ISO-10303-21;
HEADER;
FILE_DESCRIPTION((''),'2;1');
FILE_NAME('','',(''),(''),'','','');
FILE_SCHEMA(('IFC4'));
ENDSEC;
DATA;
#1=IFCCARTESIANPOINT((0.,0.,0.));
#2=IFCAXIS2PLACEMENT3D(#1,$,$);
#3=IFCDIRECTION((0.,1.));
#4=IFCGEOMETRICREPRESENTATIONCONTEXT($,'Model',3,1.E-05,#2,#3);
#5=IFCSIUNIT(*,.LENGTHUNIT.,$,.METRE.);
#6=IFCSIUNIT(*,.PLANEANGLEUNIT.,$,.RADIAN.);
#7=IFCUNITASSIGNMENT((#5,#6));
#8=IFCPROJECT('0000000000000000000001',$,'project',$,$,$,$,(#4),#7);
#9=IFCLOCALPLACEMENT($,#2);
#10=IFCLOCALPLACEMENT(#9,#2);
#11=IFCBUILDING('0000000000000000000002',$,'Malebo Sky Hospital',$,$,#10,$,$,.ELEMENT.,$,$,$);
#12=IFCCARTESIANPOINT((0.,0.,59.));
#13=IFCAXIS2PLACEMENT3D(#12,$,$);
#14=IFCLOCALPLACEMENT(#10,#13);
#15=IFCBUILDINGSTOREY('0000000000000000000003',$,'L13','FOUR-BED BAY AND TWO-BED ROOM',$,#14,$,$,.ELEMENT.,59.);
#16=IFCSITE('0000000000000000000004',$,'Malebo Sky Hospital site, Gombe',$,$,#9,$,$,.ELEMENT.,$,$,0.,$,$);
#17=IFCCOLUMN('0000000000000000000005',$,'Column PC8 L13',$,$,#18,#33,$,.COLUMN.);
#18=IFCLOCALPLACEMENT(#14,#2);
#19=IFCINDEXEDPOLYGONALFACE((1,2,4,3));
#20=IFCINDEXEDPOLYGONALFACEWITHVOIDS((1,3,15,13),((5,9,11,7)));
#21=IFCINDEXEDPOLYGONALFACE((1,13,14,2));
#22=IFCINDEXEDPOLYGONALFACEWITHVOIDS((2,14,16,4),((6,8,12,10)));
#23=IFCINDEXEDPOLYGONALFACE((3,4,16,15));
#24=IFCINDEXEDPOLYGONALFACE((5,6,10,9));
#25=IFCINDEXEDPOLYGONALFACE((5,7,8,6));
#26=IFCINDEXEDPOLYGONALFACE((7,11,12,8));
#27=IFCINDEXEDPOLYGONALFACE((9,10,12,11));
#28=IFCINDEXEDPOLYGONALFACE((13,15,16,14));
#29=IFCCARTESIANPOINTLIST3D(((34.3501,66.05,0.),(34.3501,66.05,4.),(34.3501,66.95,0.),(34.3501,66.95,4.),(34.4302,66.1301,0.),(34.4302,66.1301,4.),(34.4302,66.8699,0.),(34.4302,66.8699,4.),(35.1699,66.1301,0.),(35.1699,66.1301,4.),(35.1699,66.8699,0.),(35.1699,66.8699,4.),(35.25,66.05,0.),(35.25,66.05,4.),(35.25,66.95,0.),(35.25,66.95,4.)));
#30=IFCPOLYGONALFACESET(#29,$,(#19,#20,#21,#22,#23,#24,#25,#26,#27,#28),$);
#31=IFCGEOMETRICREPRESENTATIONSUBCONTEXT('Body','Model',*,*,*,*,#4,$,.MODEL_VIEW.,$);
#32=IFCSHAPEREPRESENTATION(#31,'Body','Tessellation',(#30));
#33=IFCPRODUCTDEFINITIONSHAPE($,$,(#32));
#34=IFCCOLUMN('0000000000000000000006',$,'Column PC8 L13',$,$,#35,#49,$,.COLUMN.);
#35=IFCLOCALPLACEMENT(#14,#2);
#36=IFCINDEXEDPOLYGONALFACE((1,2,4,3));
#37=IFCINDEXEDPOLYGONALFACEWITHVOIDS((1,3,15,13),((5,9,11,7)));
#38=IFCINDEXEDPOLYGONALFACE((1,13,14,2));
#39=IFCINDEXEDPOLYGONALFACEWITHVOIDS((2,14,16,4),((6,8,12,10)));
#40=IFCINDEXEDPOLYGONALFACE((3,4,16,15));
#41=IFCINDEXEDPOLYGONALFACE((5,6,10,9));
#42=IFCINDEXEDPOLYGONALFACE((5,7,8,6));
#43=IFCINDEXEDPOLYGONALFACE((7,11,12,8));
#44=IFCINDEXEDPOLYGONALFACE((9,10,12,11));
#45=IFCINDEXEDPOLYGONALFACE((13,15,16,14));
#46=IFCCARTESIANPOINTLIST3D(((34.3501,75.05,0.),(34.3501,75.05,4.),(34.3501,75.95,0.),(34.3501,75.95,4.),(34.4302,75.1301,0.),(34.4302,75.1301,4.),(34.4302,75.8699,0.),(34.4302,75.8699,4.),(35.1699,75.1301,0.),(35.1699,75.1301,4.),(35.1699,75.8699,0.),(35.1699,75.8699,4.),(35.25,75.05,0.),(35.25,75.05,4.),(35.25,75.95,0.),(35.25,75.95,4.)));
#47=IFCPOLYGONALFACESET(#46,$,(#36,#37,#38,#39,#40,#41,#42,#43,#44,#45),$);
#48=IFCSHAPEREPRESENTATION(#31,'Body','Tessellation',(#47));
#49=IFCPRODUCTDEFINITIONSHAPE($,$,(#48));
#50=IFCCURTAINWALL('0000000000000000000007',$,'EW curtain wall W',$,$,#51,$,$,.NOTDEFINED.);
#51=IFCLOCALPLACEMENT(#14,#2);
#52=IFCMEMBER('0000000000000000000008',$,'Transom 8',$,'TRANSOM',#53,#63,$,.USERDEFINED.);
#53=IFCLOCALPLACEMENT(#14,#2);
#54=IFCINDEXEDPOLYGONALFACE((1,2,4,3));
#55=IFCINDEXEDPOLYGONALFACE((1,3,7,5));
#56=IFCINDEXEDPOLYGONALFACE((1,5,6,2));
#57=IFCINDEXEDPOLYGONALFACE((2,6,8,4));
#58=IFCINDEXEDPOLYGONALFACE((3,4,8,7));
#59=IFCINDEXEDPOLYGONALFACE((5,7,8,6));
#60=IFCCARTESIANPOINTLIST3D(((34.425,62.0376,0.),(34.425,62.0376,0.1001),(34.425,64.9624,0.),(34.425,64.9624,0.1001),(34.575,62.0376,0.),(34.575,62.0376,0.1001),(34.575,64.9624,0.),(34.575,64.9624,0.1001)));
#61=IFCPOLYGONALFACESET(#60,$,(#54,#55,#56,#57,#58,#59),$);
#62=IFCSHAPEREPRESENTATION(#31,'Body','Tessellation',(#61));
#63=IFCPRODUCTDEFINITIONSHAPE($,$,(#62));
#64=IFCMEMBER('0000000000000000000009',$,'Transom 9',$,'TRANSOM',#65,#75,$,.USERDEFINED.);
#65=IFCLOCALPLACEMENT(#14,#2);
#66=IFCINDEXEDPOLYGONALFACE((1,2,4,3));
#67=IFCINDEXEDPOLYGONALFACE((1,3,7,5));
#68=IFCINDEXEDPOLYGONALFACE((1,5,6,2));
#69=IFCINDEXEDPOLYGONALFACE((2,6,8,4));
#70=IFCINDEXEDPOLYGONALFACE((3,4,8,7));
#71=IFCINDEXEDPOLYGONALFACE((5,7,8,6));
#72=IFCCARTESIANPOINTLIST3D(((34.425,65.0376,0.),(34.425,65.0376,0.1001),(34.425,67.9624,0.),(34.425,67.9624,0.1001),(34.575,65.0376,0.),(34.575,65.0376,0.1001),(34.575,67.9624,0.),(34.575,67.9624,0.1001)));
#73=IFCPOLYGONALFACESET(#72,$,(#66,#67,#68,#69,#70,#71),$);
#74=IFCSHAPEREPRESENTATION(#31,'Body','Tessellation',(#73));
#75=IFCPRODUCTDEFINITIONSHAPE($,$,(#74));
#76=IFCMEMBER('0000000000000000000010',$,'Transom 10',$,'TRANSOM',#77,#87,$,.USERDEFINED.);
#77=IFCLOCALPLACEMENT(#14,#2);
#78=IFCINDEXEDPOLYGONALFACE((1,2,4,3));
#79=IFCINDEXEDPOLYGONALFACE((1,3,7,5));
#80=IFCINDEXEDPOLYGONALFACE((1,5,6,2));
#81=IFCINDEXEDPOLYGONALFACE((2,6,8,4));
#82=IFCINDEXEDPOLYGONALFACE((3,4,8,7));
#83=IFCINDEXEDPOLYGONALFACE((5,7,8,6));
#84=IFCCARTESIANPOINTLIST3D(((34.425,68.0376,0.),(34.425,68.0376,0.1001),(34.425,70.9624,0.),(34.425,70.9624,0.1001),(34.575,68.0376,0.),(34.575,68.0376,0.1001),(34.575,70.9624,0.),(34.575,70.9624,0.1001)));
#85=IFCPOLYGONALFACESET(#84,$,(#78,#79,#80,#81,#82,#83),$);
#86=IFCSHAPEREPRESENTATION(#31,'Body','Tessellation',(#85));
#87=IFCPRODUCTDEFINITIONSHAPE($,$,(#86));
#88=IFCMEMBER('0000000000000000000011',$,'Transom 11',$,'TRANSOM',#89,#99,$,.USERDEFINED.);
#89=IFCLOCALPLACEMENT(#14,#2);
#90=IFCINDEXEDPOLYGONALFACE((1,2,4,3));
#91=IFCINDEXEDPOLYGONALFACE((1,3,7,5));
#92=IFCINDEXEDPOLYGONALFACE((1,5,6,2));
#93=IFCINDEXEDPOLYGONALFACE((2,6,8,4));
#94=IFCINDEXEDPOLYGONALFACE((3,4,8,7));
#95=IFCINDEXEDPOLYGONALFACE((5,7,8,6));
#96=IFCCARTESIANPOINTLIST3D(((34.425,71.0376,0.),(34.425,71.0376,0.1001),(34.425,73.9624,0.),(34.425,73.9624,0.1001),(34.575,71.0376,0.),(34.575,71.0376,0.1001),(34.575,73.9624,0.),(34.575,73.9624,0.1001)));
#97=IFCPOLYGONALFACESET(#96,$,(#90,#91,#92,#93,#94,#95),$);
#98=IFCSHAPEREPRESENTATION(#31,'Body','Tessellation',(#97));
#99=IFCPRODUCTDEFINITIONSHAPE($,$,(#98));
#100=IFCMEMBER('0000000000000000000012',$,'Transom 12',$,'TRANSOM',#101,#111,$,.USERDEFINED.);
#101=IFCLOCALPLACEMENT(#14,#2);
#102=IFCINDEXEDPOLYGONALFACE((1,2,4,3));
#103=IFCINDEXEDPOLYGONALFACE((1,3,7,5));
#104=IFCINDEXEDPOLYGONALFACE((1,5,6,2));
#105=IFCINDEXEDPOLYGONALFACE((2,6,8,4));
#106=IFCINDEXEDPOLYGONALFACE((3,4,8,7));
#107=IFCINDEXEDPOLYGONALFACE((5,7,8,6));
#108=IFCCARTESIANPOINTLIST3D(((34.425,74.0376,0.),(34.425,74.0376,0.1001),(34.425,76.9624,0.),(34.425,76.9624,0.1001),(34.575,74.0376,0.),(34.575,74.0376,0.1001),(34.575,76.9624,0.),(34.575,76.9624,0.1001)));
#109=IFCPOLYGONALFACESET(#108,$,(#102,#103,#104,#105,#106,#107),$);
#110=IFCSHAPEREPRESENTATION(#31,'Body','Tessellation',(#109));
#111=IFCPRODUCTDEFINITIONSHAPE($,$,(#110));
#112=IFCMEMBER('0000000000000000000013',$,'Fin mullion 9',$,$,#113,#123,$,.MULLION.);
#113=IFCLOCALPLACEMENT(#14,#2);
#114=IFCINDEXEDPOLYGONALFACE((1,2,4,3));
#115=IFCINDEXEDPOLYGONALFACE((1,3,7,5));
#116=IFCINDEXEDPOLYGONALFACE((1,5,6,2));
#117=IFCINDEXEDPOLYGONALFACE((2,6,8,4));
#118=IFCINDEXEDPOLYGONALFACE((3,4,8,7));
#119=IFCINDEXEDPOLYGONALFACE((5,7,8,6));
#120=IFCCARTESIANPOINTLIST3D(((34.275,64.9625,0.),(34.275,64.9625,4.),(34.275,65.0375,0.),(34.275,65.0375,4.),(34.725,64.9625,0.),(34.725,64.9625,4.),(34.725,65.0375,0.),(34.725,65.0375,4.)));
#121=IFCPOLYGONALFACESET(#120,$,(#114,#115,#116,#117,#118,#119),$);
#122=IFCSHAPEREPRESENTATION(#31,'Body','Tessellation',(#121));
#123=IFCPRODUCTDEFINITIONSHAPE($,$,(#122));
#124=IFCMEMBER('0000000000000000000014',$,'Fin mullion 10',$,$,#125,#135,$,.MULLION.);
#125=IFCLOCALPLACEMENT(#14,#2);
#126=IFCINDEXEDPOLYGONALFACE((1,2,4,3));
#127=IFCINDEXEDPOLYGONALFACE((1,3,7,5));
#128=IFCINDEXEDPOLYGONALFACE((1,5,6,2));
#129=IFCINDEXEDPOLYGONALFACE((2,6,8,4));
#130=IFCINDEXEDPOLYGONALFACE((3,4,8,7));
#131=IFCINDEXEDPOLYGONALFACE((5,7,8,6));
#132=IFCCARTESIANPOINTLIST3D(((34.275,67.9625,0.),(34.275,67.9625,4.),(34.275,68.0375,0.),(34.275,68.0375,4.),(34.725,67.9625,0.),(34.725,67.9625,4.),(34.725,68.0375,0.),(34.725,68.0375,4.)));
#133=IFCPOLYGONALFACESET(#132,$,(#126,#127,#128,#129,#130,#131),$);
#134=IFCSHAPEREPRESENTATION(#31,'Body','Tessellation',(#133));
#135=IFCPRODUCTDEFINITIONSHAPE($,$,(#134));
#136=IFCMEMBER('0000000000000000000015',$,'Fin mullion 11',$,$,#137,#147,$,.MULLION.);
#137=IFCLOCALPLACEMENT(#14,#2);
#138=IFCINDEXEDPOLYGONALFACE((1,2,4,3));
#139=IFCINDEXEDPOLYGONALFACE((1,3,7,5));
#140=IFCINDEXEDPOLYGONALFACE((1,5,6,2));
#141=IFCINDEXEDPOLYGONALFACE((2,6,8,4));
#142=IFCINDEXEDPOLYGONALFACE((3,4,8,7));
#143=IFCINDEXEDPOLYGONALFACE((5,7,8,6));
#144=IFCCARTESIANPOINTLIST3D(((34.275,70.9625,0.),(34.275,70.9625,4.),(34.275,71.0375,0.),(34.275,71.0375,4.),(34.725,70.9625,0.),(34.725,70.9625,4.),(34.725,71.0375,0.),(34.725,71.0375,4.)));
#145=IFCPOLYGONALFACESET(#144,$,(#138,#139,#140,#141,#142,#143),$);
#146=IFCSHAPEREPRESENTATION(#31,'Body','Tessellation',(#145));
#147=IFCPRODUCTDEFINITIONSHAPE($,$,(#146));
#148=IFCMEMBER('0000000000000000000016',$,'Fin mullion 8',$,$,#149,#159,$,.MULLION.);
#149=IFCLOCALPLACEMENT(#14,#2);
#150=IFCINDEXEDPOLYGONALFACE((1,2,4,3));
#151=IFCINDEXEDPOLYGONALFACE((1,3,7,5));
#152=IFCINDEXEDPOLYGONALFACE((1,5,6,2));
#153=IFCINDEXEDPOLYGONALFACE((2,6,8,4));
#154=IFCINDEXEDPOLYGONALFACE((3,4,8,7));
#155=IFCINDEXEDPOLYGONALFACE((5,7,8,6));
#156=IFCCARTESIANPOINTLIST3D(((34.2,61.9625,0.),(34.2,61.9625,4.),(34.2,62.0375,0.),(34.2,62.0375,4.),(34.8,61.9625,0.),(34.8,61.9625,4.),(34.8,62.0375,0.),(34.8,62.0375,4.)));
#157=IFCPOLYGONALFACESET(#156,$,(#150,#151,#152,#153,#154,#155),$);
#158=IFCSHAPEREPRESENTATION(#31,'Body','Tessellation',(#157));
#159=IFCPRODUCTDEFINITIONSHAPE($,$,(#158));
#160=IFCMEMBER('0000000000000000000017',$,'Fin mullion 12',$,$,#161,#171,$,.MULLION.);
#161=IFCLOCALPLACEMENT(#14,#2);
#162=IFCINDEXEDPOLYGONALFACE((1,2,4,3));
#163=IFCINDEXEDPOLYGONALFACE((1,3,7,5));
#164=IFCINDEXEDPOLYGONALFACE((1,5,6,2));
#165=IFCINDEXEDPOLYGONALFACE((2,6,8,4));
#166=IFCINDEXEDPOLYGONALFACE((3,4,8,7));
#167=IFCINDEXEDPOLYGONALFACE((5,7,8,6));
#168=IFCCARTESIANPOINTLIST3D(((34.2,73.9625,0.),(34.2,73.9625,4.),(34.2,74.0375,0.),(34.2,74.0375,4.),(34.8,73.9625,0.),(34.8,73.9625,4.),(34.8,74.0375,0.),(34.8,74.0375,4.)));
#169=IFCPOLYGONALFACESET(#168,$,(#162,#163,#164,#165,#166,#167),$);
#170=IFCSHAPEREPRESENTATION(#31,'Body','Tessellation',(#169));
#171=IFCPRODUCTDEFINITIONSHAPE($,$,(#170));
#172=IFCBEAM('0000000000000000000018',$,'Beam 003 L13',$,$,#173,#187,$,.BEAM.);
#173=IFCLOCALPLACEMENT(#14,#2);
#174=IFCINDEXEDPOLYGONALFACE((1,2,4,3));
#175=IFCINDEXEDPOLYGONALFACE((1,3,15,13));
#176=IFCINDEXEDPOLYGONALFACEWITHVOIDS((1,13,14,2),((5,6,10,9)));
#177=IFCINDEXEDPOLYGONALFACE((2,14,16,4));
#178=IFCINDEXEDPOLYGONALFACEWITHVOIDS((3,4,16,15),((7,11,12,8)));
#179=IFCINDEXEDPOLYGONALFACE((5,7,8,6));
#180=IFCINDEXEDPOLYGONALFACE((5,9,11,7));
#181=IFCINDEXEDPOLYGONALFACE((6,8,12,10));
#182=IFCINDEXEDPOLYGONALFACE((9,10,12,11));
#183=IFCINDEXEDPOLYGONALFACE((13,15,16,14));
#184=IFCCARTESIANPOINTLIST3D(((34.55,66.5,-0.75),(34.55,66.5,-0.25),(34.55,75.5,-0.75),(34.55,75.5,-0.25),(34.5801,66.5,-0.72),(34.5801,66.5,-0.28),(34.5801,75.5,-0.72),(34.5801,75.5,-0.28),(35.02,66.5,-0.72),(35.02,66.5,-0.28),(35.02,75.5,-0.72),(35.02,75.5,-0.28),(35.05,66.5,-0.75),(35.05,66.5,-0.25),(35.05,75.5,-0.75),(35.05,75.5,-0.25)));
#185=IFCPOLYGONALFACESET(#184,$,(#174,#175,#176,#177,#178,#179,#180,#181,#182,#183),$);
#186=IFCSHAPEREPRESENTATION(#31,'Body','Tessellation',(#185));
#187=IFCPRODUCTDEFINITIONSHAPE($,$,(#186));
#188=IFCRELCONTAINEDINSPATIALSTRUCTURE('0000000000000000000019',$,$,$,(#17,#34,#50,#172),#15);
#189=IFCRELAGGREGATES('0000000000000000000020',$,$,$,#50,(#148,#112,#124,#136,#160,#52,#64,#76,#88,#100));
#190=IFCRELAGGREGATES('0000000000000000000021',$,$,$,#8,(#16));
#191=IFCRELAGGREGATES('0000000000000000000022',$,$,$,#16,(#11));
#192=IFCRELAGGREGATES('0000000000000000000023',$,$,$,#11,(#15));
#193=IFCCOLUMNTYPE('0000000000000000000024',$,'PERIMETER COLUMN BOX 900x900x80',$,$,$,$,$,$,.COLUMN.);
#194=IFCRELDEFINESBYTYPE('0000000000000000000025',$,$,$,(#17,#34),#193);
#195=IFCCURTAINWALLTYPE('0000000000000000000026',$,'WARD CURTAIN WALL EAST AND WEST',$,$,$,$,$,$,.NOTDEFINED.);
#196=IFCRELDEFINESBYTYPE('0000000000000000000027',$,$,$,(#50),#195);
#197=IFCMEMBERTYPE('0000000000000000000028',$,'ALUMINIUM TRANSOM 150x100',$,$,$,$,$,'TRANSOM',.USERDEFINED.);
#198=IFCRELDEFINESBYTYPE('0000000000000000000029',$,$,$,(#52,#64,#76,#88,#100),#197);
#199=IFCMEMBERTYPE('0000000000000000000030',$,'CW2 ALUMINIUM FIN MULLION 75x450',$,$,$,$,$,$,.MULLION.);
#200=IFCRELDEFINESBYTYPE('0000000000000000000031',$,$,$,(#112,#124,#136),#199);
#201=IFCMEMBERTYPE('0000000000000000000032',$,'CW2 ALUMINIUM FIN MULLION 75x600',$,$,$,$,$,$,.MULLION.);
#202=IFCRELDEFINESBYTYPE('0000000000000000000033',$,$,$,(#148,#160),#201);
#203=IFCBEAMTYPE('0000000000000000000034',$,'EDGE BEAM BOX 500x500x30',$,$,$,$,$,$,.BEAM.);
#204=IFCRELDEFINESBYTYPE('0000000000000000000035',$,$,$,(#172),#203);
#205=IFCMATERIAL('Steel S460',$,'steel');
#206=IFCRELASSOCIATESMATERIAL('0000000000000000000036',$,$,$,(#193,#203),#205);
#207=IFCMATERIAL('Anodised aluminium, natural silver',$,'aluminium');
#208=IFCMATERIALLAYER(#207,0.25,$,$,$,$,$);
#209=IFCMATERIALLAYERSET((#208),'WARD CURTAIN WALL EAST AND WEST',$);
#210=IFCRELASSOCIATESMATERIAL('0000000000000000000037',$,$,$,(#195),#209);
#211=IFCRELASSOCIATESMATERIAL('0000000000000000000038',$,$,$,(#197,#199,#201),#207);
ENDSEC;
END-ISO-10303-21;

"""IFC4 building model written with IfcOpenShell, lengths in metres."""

from ifc_helpers import new_model, si_unit, direction, frame, origin, origin_2d, place, context, subcontext, project, spatial, rectangle, hollow_rectangle, extrude, material, layer, layer_set, material_profile, profile_set, type_object, element, aggregate, save


model = new_model("IFC4")

# Units and contexts
model_context = context("Model", 3, precision=1e-05, world=origin(), true_north=direction((0.0, 1.0)))
body_context = subcontext(model_context, "Body", "Model", "MODEL_VIEW")
ifc_project = project(units=[si_unit("LENGTHUNIT", "METRE"), si_unit("PLANEANGLEUNIT", "RADIAN")], contexts=[model_context])

# Site, building, storey
site_placement = place(None, origin())
site = spatial("IfcSite", under=ifc_project, at=site_placement, Name="Malebo Sky Hospital site, Gombe", CompositionType="ELEMENT", RefElevation=0.0)
building_placement = place(site_placement, origin())
building = spatial("IfcBuilding", under=site, at=building_placement, Name="Malebo Sky Hospital", CompositionType="ELEMENT")
storey_placement = place(building_placement, frame((0.0, 0.0, 59.0)))
storey = spatial("IfcBuildingStorey", under=building, at=storey_placement, Name="L13", Description="FOUR-BED BAY AND TWO-BED ROOM", CompositionType="ELEMENT", Elevation=59.0)

# Columns
ifc_material_1 = material(Name="Steel S460", Category="steel")
ifc_material_profile_1 = material_profile(ifc_material_1, hollow_rectangle(XDim=0.8999, YDim=0.8999, WallThickness=0.0801, at=origin_2d()), Name="BOX 900x900x80")
ifc_profile_set_1 = profile_set([ifc_material_profile_1], Name="Steel S460")
column_type = type_object("IfcColumnType", Name="PERIMETER COLUMN BOX 900x900x80", PredefinedType="COLUMN", material=ifc_profile_set_1)
for number, where, z_axis, x_axis, name in (
    (1, (34.8, 66.5, 0.0), (0.0, 0.0, 1.0), (1.0, 0.0, 0.0), "Column PC8 L13"),
    (2, (34.8, 75.5, 0.0), (0.0, 0.0, 1.0), (1.0, 0.0, 0.0), "Column PC8 L13"),
):
    element("IfcColumn", number, at=place(storey_placement, frame(where, z_axis=z_axis, x_axis=x_axis)), inside=storey, type_object=column_type, Name=name, PredefinedType="COLUMN", context=body_context, shape_type="SweptSolid", body=[
        extrude(hollow_rectangle(XDim=0.8999, YDim=0.8999, WallThickness=0.0801, at=origin_2d()), origin(), (0.0, 0.0, 1.0), 4.0),
    ])

# Curtain wall, members
ifc_material_2 = material(Name="Anodised aluminium, natural silver", Category="aluminium")
ifc_layer_1 = layer(ifc_material_2, 0.25)
ifc_layer_set_1 = layer_set([ifc_layer_1], Name="WARD CURTAIN WALL EAST AND WEST")
curtain_wall_type = type_object("IfcCurtainWallType", Name="WARD CURTAIN WALL EAST AND WEST", PredefinedType="NOTDEFINED", material=ifc_layer_set_1)
curtain_wall_placement = place(storey_placement, origin())
curtain_wall = element("IfcCurtainWall", 3, at=curtain_wall_placement, inside=storey, type_object=curtain_wall_type, Name="EW curtain wall W", PredefinedType="NOTDEFINED")
ifc_material_profile_2 = material_profile(ifc_material_2, rectangle(XDim=0.1499, YDim=0.1001, at=origin_2d()), Name="ALUMINIUM TRANSOM 150x100")
ifc_profile_set_2 = profile_set([ifc_material_profile_2], Name="Anodised aluminium, natural silver")
member_type_1 = type_object("IfcMemberType", Name="ALUMINIUM TRANSOM 150x100", ElementType="TRANSOM", PredefinedType="USERDEFINED", material=ifc_profile_set_2)
member_1_placement = place(storey_placement, frame((34.5, 62.0376, 0.05), z_axis=(0.0, 1.0, 0.0), x_axis=(-1.0, 0.0, 0.0)))
member_1 = element("IfcMember", 4, at=member_1_placement, type_object=member_type_1, Name="Transom 8", ObjectType="TRANSOM", PredefinedType="USERDEFINED", context=body_context, shape_type="SweptSolid", body=[
    extrude(rectangle(XDim=0.1499, YDim=0.1001, at=origin_2d()), origin(), (0.0, 0.0, 1.0), 2.9248),
])
member_2_placement = place(storey_placement, frame((34.5, 65.0376, 0.05), z_axis=(0.0, 1.0, 0.0), x_axis=(-1.0, 0.0, 0.0)))
member_2 = element("IfcMember", 5, at=member_2_placement, type_object=member_type_1, Name="Transom 9", ObjectType="TRANSOM", PredefinedType="USERDEFINED", context=body_context, shape_type="SweptSolid", body=[
    extrude(rectangle(XDim=0.1499, YDim=0.1001, at=origin_2d()), origin(), (0.0, 0.0, 1.0), 2.9248),
])
member_3_placement = place(storey_placement, frame((34.5, 68.0376, 0.05), z_axis=(0.0, 1.0, 0.0), x_axis=(-1.0, 0.0, 0.0)))
member_3 = element("IfcMember", 6, at=member_3_placement, type_object=member_type_1, Name="Transom 10", ObjectType="TRANSOM", PredefinedType="USERDEFINED", context=body_context, shape_type="SweptSolid", body=[
    extrude(rectangle(XDim=0.1499, YDim=0.1001, at=origin_2d()), origin(), (0.0, 0.0, 1.0), 2.9248),
])
member_4_placement = place(storey_placement, frame((34.5, 71.0376, 0.05), z_axis=(0.0, 1.0, 0.0), x_axis=(-1.0, 0.0, 0.0)))
member_4 = element("IfcMember", 7, at=member_4_placement, type_object=member_type_1, Name="Transom 11", ObjectType="TRANSOM", PredefinedType="USERDEFINED", context=body_context, shape_type="SweptSolid", body=[
    extrude(rectangle(XDim=0.1499, YDim=0.1001, at=origin_2d()), origin(), (0.0, 0.0, 1.0), 2.9248),
])
member_5_placement = place(storey_placement, frame((34.5, 74.0376, 0.05), z_axis=(0.0, 1.0, 0.0), x_axis=(-1.0, 0.0, 0.0)))
member_5 = element("IfcMember", 8, at=member_5_placement, type_object=member_type_1, Name="Transom 12", ObjectType="TRANSOM", PredefinedType="USERDEFINED", context=body_context, shape_type="SweptSolid", body=[
    extrude(rectangle(XDim=0.1499, YDim=0.1001, at=origin_2d()), origin(), (0.0, 0.0, 1.0), 2.9248),
])
ifc_material_profile_3 = material_profile(ifc_material_2, rectangle(XDim=0.075, YDim=0.45, at=origin_2d()), Name="CW2 ALUMINIUM FIN MULLION 75x450")
ifc_profile_set_3 = profile_set([ifc_material_profile_3], Name="Anodised aluminium, natural silver")
member_type_2 = type_object("IfcMemberType", Name="CW2 ALUMINIUM FIN MULLION 75x450", PredefinedType="MULLION", material=ifc_profile_set_3)
member_6_placement = place(storey_placement, frame((34.5, 65.0, 0.0), z_axis=(0.0, 0.0, 1.0), x_axis=(0.0, 1.0, 0.0)))
member_6 = element("IfcMember", 9, at=member_6_placement, type_object=member_type_2, Name="Fin mullion 9", PredefinedType="MULLION", context=body_context, shape_type="SweptSolid", body=[
    extrude(rectangle(XDim=0.075, YDim=0.45, at=origin_2d()), origin(), (0.0, 0.0, 1.0), 4.0),
])
member_7_placement = place(storey_placement, frame((34.5, 68.0, 0.0), z_axis=(0.0, 0.0, 1.0), x_axis=(0.0, 1.0, 0.0)))
member_7 = element("IfcMember", 10, at=member_7_placement, type_object=member_type_2, Name="Fin mullion 10", PredefinedType="MULLION", context=body_context, shape_type="SweptSolid", body=[
    extrude(rectangle(XDim=0.075, YDim=0.45, at=origin_2d()), origin(), (0.0, 0.0, 1.0), 4.0),
])
member_8_placement = place(storey_placement, frame((34.5, 71.0, 0.0), z_axis=(0.0, 0.0, 1.0), x_axis=(0.0, 1.0, 0.0)))
member_8 = element("IfcMember", 11, at=member_8_placement, type_object=member_type_2, Name="Fin mullion 11", PredefinedType="MULLION", context=body_context, shape_type="SweptSolid", body=[
    extrude(rectangle(XDim=0.075, YDim=0.45, at=origin_2d()), origin(), (0.0, 0.0, 1.0), 4.0),
])
ifc_material_profile_4 = material_profile(ifc_material_2, rectangle(XDim=0.075, YDim=0.6001, at=origin_2d()), Name="CW2 ALUMINIUM FIN MULLION 75x600")
ifc_profile_set_4 = profile_set([ifc_material_profile_4], Name="Anodised aluminium, natural silver")
member_type_3 = type_object("IfcMemberType", Name="CW2 ALUMINIUM FIN MULLION 75x600", PredefinedType="MULLION", material=ifc_profile_set_4)
member_9_placement = place(storey_placement, frame((34.5, 62.0, 0.0), z_axis=(0.0, 0.0, 1.0), x_axis=(0.0, 1.0, 0.0)))
member_9 = element("IfcMember", 12, at=member_9_placement, type_object=member_type_3, Name="Fin mullion 8", PredefinedType="MULLION", context=body_context, shape_type="SweptSolid", body=[
    extrude(rectangle(XDim=0.075, YDim=0.6001, at=origin_2d()), origin(), (0.0, 0.0, 1.0), 4.0),
])
member_10_placement = place(storey_placement, frame((34.5, 74.0, 0.0), z_axis=(0.0, 0.0, 1.0), x_axis=(0.0, 1.0, 0.0)))
member_10 = element("IfcMember", 13, at=member_10_placement, type_object=member_type_3, Name="Fin mullion 12", PredefinedType="MULLION", context=body_context, shape_type="SweptSolid", body=[
    extrude(rectangle(XDim=0.075, YDim=0.6001, at=origin_2d()), origin(), (0.0, 0.0, 1.0), 4.0),
])

# Beam
ifc_material_profile_5 = material_profile(ifc_material_1, hollow_rectangle(XDim=0.5, YDim=0.5, WallThickness=0.03, at=origin_2d()), Name="BOX 500x500x30")
ifc_profile_set_5 = profile_set([ifc_material_profile_5], Name="Steel S460")
beam_type_1 = type_object("IfcBeamType", Name="EDGE BEAM BOX 500x500x30", PredefinedType="BEAM", material=ifc_profile_set_5)
beam_1_placement = place(storey_placement, frame((34.8, 66.5, -0.5), z_axis=(0.0, 1.0, 0.0), x_axis=(-1.0, 0.0, 0.0)))
element("IfcBeam", 14, at=beam_1_placement, inside=storey, type_object=beam_type_1, Name="Beam 003 L13", PredefinedType="BEAM", context=body_context, shape_type="SweptSolid", body=[
    extrude(hollow_rectangle(XDim=0.5, YDim=0.5, WallThickness=0.03, at=origin_2d()), origin(), (0.0, 0.0, 1.0), 9.0),
])

aggregate(curtain_wall, [member_9, member_6, member_7, member_8, member_10, member_1, member_2, member_3, member_4, member_5])

save(model, "model.ifc")
